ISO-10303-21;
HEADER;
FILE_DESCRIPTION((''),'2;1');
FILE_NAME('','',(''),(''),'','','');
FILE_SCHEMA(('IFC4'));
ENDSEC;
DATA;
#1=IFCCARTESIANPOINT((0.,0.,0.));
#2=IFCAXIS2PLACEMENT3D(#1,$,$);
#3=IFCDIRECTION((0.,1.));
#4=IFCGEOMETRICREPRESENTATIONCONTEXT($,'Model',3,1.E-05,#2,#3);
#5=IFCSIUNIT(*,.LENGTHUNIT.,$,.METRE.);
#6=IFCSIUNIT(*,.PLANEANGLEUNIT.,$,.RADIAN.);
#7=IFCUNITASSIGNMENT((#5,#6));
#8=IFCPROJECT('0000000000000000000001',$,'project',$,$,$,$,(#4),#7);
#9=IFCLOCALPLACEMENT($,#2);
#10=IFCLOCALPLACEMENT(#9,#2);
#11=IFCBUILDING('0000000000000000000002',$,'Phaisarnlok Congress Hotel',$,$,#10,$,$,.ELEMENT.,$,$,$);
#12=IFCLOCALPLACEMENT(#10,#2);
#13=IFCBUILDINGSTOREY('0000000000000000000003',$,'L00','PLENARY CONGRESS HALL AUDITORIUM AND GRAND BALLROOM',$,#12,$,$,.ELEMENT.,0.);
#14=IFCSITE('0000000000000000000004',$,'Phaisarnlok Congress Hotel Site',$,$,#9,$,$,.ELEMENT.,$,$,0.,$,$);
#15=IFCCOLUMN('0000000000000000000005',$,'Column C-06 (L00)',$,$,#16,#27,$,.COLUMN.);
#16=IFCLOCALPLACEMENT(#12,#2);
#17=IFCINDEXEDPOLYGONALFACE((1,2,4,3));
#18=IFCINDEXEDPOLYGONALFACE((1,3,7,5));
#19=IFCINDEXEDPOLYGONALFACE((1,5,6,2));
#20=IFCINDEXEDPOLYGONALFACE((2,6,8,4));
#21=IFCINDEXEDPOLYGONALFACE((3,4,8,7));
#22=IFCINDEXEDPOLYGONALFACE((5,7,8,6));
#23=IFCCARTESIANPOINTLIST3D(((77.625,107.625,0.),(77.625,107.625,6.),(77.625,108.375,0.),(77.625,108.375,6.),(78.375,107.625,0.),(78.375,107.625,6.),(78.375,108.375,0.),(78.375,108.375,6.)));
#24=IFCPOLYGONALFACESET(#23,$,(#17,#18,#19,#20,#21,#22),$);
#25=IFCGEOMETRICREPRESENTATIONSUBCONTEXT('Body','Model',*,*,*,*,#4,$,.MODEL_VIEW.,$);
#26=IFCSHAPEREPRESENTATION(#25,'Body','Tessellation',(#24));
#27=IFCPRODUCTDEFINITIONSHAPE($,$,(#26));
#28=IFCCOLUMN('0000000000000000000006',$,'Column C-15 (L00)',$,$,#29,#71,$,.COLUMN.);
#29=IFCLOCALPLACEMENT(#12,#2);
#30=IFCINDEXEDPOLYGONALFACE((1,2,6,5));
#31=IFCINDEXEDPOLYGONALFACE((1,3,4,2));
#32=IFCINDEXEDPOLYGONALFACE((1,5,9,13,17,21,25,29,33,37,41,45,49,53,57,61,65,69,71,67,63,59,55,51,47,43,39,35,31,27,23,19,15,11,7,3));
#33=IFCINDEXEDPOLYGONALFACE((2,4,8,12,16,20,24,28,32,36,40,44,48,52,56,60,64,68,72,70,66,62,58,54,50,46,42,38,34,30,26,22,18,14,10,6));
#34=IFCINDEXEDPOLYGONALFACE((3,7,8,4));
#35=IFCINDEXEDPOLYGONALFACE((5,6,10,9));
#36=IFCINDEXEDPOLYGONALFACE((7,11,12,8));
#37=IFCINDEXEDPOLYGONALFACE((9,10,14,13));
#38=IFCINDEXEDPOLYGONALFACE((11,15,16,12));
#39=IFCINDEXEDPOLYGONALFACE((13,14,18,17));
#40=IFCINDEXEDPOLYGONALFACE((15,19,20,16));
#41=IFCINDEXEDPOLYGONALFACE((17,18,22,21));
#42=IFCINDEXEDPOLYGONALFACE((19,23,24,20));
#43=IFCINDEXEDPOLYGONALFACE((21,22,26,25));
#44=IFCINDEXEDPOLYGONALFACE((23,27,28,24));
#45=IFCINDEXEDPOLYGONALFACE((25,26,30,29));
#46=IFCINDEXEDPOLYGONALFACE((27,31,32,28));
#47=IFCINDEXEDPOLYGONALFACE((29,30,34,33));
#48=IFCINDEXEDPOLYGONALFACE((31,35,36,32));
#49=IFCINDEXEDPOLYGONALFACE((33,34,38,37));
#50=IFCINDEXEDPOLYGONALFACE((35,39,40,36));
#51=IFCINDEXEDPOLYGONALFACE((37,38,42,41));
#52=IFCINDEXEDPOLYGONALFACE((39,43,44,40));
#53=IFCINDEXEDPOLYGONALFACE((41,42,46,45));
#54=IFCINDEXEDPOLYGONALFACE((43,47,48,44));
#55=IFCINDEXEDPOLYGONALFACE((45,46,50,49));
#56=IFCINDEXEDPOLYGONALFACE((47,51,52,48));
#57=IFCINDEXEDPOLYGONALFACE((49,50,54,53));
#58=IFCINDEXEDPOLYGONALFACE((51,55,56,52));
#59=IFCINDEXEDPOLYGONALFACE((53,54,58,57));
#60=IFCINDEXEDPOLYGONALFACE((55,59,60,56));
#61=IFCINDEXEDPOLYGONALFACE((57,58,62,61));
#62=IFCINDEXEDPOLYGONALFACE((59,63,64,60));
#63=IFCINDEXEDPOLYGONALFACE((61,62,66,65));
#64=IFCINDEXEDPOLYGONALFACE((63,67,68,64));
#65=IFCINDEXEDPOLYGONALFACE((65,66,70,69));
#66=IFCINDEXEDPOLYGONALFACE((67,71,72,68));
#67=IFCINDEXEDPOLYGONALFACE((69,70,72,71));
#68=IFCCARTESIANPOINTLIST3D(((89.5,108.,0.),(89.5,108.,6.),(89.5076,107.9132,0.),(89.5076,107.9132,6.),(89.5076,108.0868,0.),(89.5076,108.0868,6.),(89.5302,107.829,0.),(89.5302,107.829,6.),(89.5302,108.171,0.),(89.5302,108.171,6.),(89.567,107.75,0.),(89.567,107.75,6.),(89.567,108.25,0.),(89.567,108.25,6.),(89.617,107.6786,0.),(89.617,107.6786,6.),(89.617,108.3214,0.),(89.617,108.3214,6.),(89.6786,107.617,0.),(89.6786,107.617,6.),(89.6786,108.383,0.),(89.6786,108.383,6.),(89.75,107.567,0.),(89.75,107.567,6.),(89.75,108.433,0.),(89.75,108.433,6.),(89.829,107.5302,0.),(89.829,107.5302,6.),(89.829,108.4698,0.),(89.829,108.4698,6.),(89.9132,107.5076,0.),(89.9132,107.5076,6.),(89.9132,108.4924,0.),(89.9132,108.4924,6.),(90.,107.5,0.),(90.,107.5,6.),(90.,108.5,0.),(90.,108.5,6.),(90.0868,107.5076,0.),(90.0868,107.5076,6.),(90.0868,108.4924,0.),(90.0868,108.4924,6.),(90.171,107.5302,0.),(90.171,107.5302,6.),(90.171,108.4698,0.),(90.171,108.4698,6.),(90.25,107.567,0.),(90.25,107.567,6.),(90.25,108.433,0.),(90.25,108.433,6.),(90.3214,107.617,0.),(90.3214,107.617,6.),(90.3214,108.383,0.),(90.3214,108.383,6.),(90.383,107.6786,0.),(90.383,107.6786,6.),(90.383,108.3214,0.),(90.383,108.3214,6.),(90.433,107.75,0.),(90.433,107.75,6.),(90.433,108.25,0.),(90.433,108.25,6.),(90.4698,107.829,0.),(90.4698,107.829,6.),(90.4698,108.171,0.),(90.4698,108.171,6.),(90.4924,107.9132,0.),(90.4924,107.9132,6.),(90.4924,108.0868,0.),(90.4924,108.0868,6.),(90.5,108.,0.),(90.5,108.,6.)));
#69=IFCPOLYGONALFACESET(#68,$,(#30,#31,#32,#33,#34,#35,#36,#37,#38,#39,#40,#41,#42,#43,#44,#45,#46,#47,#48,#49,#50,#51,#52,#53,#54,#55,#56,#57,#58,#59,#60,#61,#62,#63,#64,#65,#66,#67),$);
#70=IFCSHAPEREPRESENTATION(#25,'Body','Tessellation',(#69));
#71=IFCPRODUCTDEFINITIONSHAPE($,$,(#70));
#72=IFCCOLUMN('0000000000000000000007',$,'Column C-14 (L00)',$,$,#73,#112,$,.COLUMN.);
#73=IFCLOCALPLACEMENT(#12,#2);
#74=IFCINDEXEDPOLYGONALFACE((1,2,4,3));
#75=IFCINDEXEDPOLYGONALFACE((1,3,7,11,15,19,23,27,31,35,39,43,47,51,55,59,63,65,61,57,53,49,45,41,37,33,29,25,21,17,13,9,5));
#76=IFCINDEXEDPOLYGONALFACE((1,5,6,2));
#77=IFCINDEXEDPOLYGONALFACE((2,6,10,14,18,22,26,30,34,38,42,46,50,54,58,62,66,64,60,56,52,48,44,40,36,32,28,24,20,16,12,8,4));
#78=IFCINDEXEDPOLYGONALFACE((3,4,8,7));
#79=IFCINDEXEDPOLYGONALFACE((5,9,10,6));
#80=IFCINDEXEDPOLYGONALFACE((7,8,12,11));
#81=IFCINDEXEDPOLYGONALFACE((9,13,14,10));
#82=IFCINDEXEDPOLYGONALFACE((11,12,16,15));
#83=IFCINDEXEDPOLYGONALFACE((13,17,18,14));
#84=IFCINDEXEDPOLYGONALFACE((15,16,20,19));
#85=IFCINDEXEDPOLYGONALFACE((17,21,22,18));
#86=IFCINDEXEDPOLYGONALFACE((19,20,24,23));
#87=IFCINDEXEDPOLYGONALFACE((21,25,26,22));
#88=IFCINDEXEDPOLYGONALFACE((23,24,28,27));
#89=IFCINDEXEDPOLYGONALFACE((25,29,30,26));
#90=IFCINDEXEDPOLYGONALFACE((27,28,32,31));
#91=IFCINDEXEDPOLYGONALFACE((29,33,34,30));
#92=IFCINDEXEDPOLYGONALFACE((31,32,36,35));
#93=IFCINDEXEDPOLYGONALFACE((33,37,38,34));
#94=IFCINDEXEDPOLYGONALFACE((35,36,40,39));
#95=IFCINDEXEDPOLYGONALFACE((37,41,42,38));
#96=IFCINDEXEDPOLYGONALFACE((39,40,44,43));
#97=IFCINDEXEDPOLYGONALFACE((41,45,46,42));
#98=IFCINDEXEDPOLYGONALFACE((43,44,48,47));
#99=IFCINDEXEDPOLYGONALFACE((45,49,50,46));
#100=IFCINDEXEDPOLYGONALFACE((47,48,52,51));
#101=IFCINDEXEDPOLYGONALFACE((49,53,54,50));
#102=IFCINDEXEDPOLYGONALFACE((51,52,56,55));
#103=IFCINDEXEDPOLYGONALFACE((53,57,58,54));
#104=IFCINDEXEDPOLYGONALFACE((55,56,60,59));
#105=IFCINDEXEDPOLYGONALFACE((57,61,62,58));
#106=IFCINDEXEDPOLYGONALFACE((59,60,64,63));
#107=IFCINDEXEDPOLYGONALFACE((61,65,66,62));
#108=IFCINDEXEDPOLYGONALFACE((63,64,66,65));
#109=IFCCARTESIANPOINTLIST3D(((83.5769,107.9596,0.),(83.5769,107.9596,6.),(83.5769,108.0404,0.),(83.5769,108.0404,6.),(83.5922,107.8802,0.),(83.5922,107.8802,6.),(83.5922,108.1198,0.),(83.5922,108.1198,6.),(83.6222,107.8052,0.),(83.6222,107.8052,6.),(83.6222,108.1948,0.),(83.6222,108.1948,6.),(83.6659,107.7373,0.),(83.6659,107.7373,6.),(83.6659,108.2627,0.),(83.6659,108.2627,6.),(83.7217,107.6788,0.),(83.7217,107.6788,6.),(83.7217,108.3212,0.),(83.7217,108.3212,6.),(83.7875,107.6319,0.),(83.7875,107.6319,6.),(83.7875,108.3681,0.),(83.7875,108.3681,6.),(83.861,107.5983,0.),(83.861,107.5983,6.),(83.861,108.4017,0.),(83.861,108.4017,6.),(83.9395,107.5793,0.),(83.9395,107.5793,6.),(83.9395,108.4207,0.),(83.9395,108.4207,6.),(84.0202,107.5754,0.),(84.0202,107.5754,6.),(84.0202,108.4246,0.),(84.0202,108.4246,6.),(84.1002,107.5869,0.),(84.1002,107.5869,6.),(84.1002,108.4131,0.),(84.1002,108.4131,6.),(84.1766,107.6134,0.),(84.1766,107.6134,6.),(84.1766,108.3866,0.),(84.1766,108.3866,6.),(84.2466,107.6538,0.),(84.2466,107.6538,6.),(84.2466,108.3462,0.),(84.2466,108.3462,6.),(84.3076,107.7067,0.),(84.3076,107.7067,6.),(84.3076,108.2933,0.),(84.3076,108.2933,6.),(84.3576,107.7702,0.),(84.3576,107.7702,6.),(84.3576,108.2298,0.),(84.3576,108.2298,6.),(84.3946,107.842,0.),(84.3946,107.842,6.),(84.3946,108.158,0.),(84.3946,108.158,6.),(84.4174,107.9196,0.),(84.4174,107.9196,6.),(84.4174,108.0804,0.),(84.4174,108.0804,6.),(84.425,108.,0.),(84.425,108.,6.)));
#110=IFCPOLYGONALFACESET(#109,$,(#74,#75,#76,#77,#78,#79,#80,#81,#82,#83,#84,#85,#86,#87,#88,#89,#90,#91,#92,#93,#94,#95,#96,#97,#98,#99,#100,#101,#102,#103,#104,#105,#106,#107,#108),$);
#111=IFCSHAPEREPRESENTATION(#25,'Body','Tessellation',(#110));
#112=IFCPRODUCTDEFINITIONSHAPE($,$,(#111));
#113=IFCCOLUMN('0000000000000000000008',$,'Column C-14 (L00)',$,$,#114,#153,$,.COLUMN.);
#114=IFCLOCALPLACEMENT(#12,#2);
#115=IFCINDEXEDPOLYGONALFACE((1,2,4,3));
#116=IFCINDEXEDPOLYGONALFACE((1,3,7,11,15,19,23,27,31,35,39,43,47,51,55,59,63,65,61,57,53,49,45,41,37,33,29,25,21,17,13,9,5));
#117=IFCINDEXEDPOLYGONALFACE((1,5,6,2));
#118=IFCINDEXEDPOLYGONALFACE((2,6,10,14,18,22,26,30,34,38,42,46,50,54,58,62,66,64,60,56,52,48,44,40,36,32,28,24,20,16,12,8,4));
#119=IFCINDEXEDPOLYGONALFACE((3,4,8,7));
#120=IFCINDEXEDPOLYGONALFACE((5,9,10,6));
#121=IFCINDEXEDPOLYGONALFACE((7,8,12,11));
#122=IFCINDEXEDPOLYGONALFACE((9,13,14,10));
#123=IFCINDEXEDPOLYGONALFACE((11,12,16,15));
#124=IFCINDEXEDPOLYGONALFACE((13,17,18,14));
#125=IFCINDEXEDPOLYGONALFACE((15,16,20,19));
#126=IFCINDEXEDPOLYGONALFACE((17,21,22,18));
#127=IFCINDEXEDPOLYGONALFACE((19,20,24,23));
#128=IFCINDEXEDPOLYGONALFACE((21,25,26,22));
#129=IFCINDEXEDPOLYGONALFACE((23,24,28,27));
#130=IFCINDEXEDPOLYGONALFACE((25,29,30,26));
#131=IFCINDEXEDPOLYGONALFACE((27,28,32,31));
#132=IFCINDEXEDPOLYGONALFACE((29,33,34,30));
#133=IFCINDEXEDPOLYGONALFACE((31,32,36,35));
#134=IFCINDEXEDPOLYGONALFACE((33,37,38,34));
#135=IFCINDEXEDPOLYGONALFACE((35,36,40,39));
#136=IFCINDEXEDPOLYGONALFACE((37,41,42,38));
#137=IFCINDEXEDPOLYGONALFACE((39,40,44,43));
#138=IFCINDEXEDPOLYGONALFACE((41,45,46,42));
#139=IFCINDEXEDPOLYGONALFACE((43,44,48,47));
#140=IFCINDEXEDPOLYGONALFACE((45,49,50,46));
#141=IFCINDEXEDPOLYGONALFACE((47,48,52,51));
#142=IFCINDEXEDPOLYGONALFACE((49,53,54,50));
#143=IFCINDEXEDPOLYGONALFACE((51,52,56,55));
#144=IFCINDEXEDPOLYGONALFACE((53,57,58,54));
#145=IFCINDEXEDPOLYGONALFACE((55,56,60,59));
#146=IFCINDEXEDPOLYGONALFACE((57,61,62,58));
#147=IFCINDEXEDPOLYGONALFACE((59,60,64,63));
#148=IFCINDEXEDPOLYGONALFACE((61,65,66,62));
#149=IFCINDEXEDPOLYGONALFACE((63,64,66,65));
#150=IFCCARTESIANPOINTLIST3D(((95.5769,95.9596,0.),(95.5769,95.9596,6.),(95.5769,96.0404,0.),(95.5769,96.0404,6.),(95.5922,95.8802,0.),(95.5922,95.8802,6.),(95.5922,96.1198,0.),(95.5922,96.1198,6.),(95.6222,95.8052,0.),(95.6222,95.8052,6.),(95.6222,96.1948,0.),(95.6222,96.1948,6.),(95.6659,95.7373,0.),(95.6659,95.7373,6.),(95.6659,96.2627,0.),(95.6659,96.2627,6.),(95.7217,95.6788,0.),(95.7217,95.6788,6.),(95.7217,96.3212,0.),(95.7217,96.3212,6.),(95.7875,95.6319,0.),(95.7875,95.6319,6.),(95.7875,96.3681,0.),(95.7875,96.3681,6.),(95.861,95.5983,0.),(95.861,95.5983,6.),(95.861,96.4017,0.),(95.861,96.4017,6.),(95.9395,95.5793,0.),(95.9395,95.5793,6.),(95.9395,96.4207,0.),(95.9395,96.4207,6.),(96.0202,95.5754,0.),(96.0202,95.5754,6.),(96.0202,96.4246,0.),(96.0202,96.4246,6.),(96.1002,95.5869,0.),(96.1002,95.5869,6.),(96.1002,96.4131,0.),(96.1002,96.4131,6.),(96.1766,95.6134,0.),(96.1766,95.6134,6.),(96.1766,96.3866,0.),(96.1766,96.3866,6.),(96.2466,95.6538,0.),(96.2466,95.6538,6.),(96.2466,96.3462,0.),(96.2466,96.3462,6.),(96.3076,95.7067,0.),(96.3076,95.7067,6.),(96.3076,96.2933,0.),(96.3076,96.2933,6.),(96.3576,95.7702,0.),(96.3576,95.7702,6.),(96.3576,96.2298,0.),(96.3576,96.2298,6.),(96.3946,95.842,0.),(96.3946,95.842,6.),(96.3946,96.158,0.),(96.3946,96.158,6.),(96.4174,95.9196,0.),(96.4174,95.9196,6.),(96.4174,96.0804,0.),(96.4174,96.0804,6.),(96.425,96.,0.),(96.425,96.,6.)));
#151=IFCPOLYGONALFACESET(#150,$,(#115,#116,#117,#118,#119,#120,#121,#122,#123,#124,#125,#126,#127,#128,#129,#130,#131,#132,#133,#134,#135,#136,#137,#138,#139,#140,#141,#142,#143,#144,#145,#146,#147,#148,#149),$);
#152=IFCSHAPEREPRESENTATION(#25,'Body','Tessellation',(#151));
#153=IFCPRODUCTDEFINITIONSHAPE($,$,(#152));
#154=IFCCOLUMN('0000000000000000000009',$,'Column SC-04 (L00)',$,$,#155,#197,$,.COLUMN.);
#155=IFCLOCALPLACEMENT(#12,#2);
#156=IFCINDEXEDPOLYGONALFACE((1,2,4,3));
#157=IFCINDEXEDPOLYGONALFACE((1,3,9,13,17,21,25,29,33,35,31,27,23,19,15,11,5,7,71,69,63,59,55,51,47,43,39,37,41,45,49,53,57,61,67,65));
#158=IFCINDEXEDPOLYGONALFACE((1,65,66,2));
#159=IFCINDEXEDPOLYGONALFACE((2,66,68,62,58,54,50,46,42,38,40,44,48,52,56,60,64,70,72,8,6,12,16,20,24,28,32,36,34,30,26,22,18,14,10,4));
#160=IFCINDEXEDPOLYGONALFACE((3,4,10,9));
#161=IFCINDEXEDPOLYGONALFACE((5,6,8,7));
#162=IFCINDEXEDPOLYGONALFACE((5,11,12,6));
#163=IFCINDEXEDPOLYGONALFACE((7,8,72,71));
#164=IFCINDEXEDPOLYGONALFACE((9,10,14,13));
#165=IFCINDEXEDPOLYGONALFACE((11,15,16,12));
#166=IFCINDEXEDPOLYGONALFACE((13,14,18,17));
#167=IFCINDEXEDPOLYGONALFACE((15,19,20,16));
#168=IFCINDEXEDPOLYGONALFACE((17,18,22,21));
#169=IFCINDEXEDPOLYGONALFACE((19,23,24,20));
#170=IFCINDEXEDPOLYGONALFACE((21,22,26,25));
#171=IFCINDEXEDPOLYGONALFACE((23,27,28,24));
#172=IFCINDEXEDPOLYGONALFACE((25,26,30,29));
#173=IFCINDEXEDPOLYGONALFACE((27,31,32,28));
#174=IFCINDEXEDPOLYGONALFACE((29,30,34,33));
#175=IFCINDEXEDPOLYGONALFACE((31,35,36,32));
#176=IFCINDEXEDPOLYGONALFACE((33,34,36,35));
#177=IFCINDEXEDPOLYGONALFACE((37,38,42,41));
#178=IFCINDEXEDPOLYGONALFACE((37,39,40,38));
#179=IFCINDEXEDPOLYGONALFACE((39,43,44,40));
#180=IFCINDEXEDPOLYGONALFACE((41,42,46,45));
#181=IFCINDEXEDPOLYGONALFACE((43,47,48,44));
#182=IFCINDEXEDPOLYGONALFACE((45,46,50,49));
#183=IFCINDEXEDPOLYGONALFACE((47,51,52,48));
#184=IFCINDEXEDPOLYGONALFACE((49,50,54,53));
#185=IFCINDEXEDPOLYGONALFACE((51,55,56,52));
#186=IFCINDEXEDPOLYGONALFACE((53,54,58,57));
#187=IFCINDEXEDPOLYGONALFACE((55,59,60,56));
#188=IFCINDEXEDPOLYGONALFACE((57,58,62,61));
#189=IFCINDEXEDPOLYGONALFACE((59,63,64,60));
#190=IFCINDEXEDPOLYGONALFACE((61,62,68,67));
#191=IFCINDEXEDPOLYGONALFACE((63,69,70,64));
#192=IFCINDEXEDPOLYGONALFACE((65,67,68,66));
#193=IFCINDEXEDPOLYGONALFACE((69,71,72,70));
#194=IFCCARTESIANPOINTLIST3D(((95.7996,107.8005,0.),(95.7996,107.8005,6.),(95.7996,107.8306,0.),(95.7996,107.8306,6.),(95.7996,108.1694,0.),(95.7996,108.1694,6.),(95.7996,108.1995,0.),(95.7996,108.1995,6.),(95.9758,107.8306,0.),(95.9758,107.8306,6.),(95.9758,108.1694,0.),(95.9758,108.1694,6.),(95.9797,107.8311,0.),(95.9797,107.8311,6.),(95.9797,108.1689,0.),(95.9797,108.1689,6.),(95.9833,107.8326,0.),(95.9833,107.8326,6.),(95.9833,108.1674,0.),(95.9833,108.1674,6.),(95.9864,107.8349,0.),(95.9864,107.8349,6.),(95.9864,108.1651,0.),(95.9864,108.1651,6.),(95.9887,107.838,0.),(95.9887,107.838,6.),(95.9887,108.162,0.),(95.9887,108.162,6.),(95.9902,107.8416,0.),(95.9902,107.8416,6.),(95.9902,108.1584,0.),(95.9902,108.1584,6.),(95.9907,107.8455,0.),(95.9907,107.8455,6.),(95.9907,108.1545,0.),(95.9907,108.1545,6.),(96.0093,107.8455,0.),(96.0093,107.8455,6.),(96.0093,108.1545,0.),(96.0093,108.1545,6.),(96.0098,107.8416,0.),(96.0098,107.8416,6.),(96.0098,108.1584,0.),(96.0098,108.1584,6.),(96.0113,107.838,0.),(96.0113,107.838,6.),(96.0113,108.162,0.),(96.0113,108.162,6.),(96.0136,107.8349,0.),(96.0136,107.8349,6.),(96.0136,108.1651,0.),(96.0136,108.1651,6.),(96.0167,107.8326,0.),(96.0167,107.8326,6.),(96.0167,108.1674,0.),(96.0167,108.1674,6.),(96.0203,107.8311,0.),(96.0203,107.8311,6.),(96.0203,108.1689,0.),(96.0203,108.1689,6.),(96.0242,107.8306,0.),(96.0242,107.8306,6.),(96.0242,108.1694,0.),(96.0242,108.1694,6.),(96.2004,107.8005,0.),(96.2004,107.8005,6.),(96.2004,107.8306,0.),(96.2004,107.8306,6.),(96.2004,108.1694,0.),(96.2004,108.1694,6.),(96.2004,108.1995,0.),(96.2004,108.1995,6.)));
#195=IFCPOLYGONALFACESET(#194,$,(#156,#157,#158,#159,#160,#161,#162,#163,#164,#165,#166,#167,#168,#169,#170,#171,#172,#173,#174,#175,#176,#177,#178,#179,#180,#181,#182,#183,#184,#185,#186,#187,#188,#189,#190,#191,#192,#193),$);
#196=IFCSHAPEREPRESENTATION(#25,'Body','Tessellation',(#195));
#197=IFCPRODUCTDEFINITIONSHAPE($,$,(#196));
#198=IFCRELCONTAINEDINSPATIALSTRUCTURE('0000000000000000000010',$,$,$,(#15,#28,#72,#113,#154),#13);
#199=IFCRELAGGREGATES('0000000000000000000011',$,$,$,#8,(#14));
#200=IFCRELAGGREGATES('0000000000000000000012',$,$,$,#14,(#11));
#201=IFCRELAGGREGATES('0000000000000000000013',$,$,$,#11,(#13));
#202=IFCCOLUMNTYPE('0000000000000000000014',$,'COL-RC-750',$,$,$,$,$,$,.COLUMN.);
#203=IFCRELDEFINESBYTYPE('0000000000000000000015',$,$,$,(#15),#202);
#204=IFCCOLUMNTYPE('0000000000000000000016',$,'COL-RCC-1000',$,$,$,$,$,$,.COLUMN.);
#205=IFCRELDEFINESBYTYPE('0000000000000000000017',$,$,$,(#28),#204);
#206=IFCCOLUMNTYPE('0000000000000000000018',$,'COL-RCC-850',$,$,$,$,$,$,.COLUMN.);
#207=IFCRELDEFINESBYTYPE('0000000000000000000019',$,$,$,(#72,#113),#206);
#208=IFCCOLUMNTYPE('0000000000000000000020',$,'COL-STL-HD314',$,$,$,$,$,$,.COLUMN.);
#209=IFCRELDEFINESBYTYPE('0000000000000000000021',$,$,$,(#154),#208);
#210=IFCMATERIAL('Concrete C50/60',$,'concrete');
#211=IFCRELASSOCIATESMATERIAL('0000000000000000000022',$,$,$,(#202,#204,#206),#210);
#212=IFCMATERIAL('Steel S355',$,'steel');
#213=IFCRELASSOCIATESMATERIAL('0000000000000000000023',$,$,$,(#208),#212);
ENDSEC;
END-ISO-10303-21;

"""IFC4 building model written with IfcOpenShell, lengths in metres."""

from ifc_helpers import new_model, si_unit, direction, frame, origin, origin_2d, place, context, subcontext, project, spatial, rectangle, circle, i_section, extrude, material, material_profile, profile_set, type_object, element, save


model = new_model("IFC4")

# Units and contexts
model_context = context("Model", 3, precision=1e-05, world=origin(), true_north=direction((0.0, 1.0)))
body_context = subcontext(model_context, "Body", "Model", "MODEL_VIEW")
ifc_project = project(units=[si_unit("LENGTHUNIT", "METRE"), si_unit("PLANEANGLEUNIT", "RADIAN")], contexts=[model_context])

# Site, building, storey
site_placement = place(None, origin())
site = spatial("IfcSite", under=ifc_project, at=site_placement, Name="Phaisarnlok Congress Hotel Site", CompositionType="ELEMENT", RefElevation=0.0)
building_placement = place(site_placement, origin())
building = spatial("IfcBuilding", under=site, at=building_placement, Name="Phaisarnlok Congress Hotel", CompositionType="ELEMENT")
storey_placement = place(building_placement, origin())
storey = spatial("IfcBuildingStorey", under=building, at=storey_placement, Name="L00", Description="PLENARY CONGRESS HALL AUDITORIUM AND GRAND BALLROOM", CompositionType="ELEMENT", Elevation=0.0)

# Columns
ifc_material_1 = material(Name="Concrete C50/60", Category="concrete")
ifc_material_profile_1 = material_profile(ifc_material_1, rectangle(XDim=0.75, YDim=0.75, at=origin_2d()), Name="RC 750x750")
ifc_profile_set_1 = profile_set([ifc_material_profile_1], Name="Concrete C50/60")
column_type_1 = type_object("IfcColumnType", Name="COL-RC-750", PredefinedType="COLUMN", material=ifc_profile_set_1)
column_1_placement = place(storey_placement, frame((78.0, 108.0, 0.0), z_axis=(0.0, 0.0, 1.0), x_axis=(1.0, 0.0, 0.0)))
element("IfcColumn", 1, at=column_1_placement, inside=storey, type_object=column_type_1, Name="Column C-06 (L00)", PredefinedType="COLUMN", context=body_context, shape_type="SweptSolid", body=[
    extrude(rectangle(XDim=0.75, YDim=0.75, at=origin_2d()), origin(), (0.0, 0.0, 1.0), 6.0),
])
ifc_material_profile_2 = material_profile(ifc_material_1, circle(Radius=0.5, at=origin_2d()), Name="RCC D1000")
ifc_profile_set_2 = profile_set([ifc_material_profile_2], Name="Concrete C50/60")
column_type_2 = type_object("IfcColumnType", Name="COL-RCC-1000", PredefinedType="COLUMN", material=ifc_profile_set_2)
column_2_placement = place(storey_placement, frame((90.0, 108.0, 0.0), z_axis=(0.0, 0.0, 1.0), x_axis=(1.0, 0.0, 0.0)))
element("IfcColumn", 2, at=column_2_placement, inside=storey, type_object=column_type_2, Name="Column C-15 (L00)", PredefinedType="COLUMN", context=body_context, shape_type="SweptSolid", body=[
    extrude(circle(Radius=0.5, at=origin_2d()), origin(), (0.0, 0.0, 1.0), 6.0),
])
ifc_material_profile_3 = material_profile(ifc_material_1, circle(Radius=0.425, at=origin_2d()), Name="RCC D850")
ifc_profile_set_3 = profile_set([ifc_material_profile_3], Name="Concrete C50/60")
column_type_3 = type_object("IfcColumnType", Name="COL-RCC-850", PredefinedType="COLUMN", material=ifc_profile_set_3)
for number, where, z_axis, x_axis, name in (
    (3, (84.0, 108.0, 0.0), (0.0, 0.0, 1.0), (1.0, 0.0, 0.0), "Column C-14 (L00)"),
    (4, (96.0, 96.0, 0.0), (0.0, 0.0, 1.0), (1.0, 0.0, 0.0), "Column C-14 (L00)"),
):
    element("IfcColumn", number, at=place(storey_placement, frame(where, z_axis=z_axis, x_axis=x_axis)), inside=storey, type_object=column_type_3, Name=name, PredefinedType="COLUMN", context=body_context, shape_type="SweptSolid", body=[
        extrude(circle(Radius=0.425, at=origin_2d()), origin(), (0.0, 0.0, 1.0), 6.0),
    ])
ifc_material_2 = material(Name="Steel S355", Category="steel")
ifc_material_profile_4 = material_profile(ifc_material_2, i_section(OverallWidth=0.4009, OverallDepth=0.3989, WebThickness=0.0186, FlangeThickness=0.03, FilletRadius=0.0149, at=origin_2d()), Name="HD 400x314")
ifc_profile_set_4 = profile_set([ifc_material_profile_4], Name="Steel S355")
column_type_4 = type_object("IfcColumnType", Name="COL-STL-HD314", PredefinedType="COLUMN", material=ifc_profile_set_4)
column_3_placement = place(storey_placement, frame((96.0, 108.0, 0.0), z_axis=(0.0, 0.0, 1.0), x_axis=(1.0, 0.0, 0.0)))
element("IfcColumn", 5, at=column_3_placement, inside=storey, type_object=column_type_4, Name="Column SC-04 (L00)", PredefinedType="COLUMN", context=body_context, shape_type="SweptSolid", body=[
    extrude(i_section(OverallWidth=0.4009, OverallDepth=0.3989, WebThickness=0.0186, FlangeThickness=0.03, FilletRadius=0.0149, at=origin_2d()), origin(), (0.0, 0.0, 1.0), 6.0),
])

save(model, "model.ifc")
